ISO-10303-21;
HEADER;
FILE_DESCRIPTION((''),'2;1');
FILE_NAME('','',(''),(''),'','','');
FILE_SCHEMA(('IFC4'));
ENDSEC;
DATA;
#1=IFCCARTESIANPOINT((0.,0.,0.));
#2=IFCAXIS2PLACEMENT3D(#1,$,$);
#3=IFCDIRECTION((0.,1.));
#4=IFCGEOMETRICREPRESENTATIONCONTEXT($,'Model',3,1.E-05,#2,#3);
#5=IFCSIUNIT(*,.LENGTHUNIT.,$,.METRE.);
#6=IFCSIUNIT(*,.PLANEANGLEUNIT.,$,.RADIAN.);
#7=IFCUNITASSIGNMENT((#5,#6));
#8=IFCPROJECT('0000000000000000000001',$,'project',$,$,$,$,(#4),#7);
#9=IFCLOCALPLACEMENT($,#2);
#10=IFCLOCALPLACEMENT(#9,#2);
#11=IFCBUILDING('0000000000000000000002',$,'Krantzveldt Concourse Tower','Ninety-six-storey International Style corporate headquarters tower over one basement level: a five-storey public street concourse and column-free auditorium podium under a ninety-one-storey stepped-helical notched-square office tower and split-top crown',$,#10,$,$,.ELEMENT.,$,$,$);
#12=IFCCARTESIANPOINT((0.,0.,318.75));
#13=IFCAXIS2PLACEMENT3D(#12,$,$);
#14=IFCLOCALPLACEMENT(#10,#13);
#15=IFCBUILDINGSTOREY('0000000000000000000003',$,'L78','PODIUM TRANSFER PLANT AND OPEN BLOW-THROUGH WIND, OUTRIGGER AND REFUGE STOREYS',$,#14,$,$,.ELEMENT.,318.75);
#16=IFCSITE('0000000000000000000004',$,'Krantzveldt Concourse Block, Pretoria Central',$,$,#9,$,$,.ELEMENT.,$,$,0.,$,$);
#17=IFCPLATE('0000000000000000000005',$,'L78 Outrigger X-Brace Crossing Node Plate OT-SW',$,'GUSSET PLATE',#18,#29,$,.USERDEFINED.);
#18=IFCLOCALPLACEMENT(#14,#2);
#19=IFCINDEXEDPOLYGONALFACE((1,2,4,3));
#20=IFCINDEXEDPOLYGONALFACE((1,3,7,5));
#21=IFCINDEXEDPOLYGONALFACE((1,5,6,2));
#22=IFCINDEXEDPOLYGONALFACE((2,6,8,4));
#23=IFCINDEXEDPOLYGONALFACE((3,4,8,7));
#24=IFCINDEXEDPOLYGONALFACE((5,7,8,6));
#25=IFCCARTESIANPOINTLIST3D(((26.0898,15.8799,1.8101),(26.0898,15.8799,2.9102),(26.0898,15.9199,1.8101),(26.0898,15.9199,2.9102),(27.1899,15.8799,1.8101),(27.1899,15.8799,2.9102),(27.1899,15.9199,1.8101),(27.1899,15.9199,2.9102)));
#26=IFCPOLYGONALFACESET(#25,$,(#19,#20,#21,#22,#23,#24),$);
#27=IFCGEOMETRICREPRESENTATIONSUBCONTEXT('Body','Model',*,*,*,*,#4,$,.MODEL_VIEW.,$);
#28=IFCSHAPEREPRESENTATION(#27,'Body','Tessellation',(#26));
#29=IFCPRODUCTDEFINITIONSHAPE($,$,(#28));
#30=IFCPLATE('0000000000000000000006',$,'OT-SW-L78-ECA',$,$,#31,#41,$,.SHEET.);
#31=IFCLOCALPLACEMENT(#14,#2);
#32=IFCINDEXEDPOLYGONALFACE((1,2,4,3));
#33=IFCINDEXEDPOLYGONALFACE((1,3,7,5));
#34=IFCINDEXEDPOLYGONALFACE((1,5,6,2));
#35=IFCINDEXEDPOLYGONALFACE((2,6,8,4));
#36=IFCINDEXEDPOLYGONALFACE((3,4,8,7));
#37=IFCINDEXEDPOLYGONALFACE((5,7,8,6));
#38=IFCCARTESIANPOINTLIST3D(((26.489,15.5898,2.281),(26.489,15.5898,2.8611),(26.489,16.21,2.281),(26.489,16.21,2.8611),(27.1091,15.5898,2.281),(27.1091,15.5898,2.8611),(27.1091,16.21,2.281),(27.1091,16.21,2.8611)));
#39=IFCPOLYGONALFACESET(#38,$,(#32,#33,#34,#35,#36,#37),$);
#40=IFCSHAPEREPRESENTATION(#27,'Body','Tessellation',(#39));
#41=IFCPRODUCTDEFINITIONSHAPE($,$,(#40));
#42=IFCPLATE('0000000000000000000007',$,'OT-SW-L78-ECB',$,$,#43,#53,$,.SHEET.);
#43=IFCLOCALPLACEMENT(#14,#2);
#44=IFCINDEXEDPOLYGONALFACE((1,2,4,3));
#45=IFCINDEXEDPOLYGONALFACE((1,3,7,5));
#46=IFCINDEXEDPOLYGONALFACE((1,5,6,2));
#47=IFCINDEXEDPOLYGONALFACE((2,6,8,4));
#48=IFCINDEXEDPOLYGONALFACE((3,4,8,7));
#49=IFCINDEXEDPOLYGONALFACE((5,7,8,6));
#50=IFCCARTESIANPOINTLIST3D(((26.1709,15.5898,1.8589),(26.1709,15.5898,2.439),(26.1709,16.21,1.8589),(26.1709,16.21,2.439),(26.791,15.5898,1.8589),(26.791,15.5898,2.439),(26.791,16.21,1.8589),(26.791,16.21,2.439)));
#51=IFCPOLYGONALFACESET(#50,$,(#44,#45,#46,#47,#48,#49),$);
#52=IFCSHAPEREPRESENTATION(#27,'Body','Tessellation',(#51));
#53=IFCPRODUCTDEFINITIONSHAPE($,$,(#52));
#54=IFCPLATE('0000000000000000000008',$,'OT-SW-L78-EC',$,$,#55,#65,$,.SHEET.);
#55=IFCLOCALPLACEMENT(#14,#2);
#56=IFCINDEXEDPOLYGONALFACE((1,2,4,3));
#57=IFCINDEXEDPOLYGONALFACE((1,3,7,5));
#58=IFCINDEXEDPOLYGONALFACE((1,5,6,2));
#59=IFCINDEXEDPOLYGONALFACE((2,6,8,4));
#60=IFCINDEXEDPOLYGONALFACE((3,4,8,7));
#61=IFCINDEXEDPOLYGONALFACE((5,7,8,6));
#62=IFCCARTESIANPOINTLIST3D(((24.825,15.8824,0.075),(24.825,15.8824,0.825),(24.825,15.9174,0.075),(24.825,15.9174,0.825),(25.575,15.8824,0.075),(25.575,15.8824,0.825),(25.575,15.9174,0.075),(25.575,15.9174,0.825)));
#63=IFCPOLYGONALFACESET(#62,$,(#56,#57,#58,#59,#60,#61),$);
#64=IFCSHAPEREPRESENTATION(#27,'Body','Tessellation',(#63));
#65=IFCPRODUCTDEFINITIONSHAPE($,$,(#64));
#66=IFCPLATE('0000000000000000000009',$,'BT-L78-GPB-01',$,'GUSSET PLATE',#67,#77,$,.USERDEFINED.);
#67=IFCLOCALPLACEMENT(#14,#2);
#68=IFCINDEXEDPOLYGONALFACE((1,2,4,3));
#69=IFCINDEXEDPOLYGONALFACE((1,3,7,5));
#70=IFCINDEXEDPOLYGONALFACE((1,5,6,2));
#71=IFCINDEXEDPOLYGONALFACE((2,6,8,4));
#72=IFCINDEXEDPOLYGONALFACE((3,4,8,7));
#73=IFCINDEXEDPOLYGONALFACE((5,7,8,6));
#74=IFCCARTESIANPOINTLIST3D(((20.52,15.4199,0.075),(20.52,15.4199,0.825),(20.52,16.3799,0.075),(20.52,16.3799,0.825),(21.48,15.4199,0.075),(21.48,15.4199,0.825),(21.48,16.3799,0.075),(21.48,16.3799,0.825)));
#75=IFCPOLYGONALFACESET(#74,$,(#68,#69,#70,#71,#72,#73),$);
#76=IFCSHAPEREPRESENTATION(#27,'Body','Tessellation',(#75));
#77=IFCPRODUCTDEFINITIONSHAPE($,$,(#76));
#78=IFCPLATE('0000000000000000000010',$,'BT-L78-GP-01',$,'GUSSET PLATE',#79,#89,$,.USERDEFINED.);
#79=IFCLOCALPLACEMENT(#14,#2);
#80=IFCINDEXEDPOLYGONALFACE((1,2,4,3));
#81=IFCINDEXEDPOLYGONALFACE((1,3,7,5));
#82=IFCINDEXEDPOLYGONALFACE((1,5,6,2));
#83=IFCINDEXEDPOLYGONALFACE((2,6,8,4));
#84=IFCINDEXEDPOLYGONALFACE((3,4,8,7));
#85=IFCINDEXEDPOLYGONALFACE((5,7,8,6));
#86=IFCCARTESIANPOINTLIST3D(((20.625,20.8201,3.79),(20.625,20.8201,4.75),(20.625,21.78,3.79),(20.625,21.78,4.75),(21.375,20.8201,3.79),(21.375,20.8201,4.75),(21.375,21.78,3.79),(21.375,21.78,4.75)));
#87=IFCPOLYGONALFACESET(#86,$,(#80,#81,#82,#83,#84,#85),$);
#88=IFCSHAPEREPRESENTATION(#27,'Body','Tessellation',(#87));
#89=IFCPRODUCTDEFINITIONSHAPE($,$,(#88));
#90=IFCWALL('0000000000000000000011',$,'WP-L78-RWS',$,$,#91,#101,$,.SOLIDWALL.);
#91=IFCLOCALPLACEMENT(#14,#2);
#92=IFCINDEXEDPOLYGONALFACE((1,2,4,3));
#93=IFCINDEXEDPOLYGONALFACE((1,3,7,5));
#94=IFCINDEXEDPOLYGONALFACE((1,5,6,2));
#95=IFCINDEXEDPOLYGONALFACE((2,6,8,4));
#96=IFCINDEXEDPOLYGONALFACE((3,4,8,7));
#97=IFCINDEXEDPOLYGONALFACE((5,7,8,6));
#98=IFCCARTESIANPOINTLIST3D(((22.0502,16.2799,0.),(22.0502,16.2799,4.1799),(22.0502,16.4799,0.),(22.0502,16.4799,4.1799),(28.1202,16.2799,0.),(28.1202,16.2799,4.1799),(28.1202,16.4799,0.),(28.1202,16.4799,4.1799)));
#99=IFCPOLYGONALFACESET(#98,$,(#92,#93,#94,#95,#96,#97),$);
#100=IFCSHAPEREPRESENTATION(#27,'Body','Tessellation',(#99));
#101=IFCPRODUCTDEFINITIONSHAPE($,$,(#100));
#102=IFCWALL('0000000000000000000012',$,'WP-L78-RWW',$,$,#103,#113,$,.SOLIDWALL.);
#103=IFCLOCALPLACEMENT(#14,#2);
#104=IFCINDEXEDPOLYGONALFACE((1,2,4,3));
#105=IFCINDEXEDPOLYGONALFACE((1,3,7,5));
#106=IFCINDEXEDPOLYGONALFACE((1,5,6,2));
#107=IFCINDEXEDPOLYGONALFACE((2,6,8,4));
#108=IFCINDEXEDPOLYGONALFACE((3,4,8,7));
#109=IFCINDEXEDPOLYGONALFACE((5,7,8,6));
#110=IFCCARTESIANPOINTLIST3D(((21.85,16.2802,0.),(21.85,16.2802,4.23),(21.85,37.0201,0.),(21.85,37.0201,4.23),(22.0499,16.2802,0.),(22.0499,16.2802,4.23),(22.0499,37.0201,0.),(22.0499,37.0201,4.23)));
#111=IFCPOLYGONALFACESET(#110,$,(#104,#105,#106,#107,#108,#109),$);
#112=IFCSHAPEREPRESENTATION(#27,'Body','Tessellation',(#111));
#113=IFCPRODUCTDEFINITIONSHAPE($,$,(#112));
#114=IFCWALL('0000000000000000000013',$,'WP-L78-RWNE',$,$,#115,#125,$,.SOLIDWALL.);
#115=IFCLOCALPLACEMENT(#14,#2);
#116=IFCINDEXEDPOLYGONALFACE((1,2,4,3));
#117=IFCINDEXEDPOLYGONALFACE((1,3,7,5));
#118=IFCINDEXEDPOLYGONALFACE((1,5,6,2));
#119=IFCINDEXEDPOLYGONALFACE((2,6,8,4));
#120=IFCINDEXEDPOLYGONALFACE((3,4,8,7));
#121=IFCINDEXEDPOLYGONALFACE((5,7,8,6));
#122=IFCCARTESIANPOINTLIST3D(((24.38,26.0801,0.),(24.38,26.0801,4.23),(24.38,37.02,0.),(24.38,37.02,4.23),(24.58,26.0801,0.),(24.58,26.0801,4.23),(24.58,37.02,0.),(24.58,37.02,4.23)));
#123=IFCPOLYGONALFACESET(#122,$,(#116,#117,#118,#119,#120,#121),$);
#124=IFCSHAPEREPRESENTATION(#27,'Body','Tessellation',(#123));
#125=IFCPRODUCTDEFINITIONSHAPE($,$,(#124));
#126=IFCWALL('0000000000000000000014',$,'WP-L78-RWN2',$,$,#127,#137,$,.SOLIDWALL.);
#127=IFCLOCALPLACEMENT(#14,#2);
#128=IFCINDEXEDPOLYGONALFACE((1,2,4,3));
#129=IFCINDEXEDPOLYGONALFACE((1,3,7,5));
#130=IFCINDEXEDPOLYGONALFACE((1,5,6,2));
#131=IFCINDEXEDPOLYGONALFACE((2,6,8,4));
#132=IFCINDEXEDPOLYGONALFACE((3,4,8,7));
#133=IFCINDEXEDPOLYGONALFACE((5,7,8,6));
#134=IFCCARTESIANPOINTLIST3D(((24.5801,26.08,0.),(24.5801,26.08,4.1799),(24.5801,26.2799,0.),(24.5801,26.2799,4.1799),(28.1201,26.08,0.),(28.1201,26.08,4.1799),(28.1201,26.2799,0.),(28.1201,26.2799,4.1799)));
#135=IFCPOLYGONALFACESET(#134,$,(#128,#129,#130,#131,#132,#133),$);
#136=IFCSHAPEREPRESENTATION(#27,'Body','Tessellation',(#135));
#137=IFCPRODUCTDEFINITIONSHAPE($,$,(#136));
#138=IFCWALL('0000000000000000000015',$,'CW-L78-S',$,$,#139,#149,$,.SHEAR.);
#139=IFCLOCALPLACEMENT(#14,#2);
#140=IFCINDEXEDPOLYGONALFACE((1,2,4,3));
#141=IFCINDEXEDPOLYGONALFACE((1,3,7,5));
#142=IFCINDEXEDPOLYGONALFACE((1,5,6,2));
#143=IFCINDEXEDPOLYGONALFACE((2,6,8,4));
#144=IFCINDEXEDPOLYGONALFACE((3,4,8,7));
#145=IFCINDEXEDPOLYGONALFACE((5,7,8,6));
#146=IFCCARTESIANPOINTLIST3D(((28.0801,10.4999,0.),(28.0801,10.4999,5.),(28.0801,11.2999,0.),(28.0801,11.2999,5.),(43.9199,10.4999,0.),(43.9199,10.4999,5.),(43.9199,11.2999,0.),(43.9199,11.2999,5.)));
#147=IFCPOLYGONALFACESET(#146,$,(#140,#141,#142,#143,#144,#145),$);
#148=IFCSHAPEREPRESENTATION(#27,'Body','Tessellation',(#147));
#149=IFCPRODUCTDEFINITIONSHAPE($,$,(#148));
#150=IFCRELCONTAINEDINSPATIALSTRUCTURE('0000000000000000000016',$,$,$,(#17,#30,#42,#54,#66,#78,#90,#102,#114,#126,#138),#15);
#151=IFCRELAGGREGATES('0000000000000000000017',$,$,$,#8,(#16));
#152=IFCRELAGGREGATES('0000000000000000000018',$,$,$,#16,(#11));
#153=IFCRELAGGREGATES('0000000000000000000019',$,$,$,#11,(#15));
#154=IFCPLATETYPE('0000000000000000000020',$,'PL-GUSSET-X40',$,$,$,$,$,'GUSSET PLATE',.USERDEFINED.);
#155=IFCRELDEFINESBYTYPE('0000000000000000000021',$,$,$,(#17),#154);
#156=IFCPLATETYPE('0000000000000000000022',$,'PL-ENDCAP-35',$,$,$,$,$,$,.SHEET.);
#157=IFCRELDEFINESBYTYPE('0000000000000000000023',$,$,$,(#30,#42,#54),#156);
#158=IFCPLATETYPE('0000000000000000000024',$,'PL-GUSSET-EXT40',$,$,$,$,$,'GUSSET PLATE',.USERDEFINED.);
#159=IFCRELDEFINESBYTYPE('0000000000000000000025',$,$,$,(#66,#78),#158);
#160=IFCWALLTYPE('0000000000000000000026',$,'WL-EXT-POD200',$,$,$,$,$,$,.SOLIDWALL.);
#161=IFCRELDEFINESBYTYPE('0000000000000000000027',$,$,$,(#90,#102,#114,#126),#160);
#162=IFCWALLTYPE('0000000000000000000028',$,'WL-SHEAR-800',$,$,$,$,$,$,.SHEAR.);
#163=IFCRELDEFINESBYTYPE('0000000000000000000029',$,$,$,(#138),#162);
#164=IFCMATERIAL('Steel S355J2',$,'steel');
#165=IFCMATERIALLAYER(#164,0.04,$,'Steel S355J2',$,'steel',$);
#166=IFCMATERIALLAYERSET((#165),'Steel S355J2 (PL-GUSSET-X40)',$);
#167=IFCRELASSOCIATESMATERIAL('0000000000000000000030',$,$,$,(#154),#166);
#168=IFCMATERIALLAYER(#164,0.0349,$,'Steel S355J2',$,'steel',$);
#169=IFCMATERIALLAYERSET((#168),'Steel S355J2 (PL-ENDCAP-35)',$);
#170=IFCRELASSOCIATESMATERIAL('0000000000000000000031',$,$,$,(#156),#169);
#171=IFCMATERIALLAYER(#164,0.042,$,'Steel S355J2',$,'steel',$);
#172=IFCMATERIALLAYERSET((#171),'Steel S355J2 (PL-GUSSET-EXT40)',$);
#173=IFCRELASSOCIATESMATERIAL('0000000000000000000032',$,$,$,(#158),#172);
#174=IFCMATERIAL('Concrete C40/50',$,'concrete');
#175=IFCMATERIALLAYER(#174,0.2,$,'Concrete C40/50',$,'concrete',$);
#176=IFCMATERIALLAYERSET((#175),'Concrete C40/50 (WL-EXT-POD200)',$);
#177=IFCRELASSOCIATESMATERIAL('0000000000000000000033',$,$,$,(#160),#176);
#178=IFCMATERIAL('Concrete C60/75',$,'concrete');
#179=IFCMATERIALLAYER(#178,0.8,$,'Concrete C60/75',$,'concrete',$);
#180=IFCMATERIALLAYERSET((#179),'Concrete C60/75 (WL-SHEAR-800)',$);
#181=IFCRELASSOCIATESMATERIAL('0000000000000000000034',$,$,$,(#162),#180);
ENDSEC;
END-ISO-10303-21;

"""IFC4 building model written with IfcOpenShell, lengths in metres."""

from ifc_helpers import new_model, si_unit, direction, frame, frame_2d, origin, origin_2d, place, context, subcontext, project, spatial, rectangle, extrude, source, transform, mapped, material, layer, layer_set, type_object, type_shapes, element, save


model = new_model("IFC4")

# Units and contexts
model_context = context("Model", 3, precision=1e-05, world=origin(), true_north=direction((0.0, 1.0)))
body_context = subcontext(model_context, "Body", "Model", "MODEL_VIEW")
ifc_project = project(units=[si_unit("LENGTHUNIT", "METRE"), si_unit("PLANEANGLEUNIT", "RADIAN")], contexts=[model_context])

# Site, building, storey
site_placement = place(None, origin())
site = spatial("IfcSite", under=ifc_project, at=site_placement, Name="Krantzveldt Concourse Block, Pretoria Central", CompositionType="ELEMENT", RefElevation=0.0)
building_placement = place(site_placement, origin())
building = spatial("IfcBuilding", under=site, at=building_placement, Name="Krantzveldt Concourse Tower", Description="Ninety-six-storey International Style corporate headquarters tower over one basement level: a five-storey public street concourse and column-free auditorium podium under a ninety-one-storey stepped-helical notched-square office tower and split-top crown", CompositionType="ELEMENT")
storey_placement = place(building_placement, frame((0.0, 0.0, 318.75)))
storey = spatial("IfcBuildingStorey", under=building, at=storey_placement, Name="L78", Description="PODIUM TRANSFER PLANT AND OPEN BLOW-THROUGH WIND, OUTRIGGER AND REFUGE STOREYS", CompositionType="ELEMENT", Elevation=318.75)

# Shared definitions
ifc_material_1 = material(Name="Steel S355J2", Category="steel")

# Plates
ifc_layer_1 = layer(ifc_material_1, 0.04, Name="Steel S355J2", Category="steel")
ifc_layer_set_1 = layer_set([ifc_layer_1], Name="Steel S355J2 (PL-GUSSET-X40)")
plate_type_1 = type_object("IfcPlateType", Name="PL-GUSSET-X40", ElementType="GUSSET PLATE", PredefinedType="USERDEFINED", material=ifc_layer_set_1)
shared_shape_1 = source(origin(), body_context, "Body", "SweptSolid", [
    extrude(rectangle(XDim=1.1001, YDim=0.04, at=origin_2d()), origin(), (0.0, 0.0, 1.0), 1.1001),
])
type_shapes(plate_type_1, [shared_shape_1])
plate_1_placement = place(storey_placement, frame((26.6399, 15.8999, 1.8101), z_axis=(0.0, 0.0, 1.0), x_axis=(1.0, 0.0, 0.0)))
element("IfcPlate", 1, at=plate_1_placement, inside=storey, type_object=plate_type_1, Name="L78 Outrigger X-Brace Crossing Node Plate OT-SW", ObjectType="GUSSET PLATE", PredefinedType="USERDEFINED", context=body_context, shape_type="MappedRepresentation", body=[
    mapped(shared_shape_1, transform((0.0, 0.0, 0.0), x_axis=(1.0, 0.0, 0.0), y_axis=(0.0, 1.0, 0.0), z_axis=(0.0, 0.0, 1.0), scale=1.0)),
])
ifc_layer_2 = layer(ifc_material_1, 0.0349, Name="Steel S355J2", Category="steel")
ifc_layer_set_2 = layer_set([ifc_layer_2], Name="Steel S355J2 (PL-ENDCAP-35)")
plate_type_2 = type_object("IfcPlateType", Name="PL-ENDCAP-35", PredefinedType="SHEET", material=ifc_layer_set_2)
shared_shape_2 = source(origin(), body_context, "Body", "SweptSolid", [
    extrude(rectangle(XDim=0.6201, YDim=0.6201, at=origin_2d()), origin(), (0.0, 0.0, 1.0), 0.5801),
])
for number, where, z_axis, x_axis, name in (
    (2, (26.7991, 15.8999, 2.281), (0.0, 0.0, 1.0), (1.0, 0.0, 0.0), "OT-SW-L78-ECA"),
    (3, (26.481, 15.8999, 1.8589), (0.0, 0.0, 1.0), (1.0, 0.0, 0.0), "OT-SW-L78-ECB"),
):
    element("IfcPlate", number, at=place(storey_placement, frame(where, z_axis=z_axis, x_axis=x_axis)), inside=storey, type_object=plate_type_2, Name=name, PredefinedType="SHEET", context=body_context, shape_type="MappedRepresentation", body=[
        mapped(shared_shape_2, transform((0.0, 0.0, 0.0), x_axis=(1.0, 0.0, 0.0), y_axis=(0.0, 1.0, 0.0), z_axis=(0.0, 0.0, 1.0), scale=1.0)),
    ])
shared_shape_3 = source(origin(), body_context, "Body", "SweptSolid", [
    extrude(rectangle(XDim=0.75, YDim=0.0349, at=origin_2d()), origin(), (0.0, 0.0, 1.0), 0.75),
])
type_shapes(plate_type_2, [shared_shape_2, shared_shape_3])
plate_2_placement = place(storey_placement, frame((25.2, 15.8999, 0.075), z_axis=(0.0, 0.0, 1.0), x_axis=(1.0, 0.0, 0.0)))
element("IfcPlate", 4, at=plate_2_placement, inside=storey, type_object=plate_type_2, Name="OT-SW-L78-EC", PredefinedType="SHEET", context=body_context, shape_type="MappedRepresentation", body=[
    mapped(shared_shape_3, transform((0.0, 0.0, 0.0), x_axis=(1.0, 0.0, 0.0), y_axis=(0.0, 1.0, 0.0), z_axis=(0.0, 0.0, 1.0), scale=1.0)),
])
ifc_layer_3 = layer(ifc_material_1, 0.042, Name="Steel S355J2", Category="steel")
ifc_layer_set_3 = layer_set([ifc_layer_3], Name="Steel S355J2 (PL-GUSSET-EXT40)")
plate_type_3 = type_object("IfcPlateType", Name="PL-GUSSET-EXT40", ElementType="GUSSET PLATE", PredefinedType="USERDEFINED", material=ifc_layer_set_3)
shared_shape_4 = source(origin(), body_context, "Body", "SweptSolid", [
    extrude(rectangle(XDim=0.96, YDim=0.96, at=origin_2d()), origin(), (0.0, 0.0, 1.0), 0.75),
])
plate_3_placement = place(storey_placement, frame((21.0, 15.8999, 0.075), z_axis=(0.0, 0.0, 1.0), x_axis=(1.0, 0.0, 0.0)))
element("IfcPlate", 5, at=plate_3_placement, inside=storey, type_object=plate_type_3, Name="BT-L78-GPB-01", ObjectType="GUSSET PLATE", PredefinedType="USERDEFINED", context=body_context, shape_type="MappedRepresentation", body=[
    mapped(shared_shape_4, transform((0.0, 0.0, 0.0), x_axis=(1.0, 0.0, 0.0), y_axis=(0.0, 1.0, 0.0), z_axis=(0.0, 0.0, 1.0), scale=1.0)),
])
shared_shape_5 = source(origin(), body_context, "Body", "SweptSolid", [
    extrude(rectangle(XDim=0.96, YDim=0.75, at=origin_2d()), origin(), (0.0, 0.0, 1.0), 0.96),
])
type_shapes(plate_type_3, [shared_shape_4, shared_shape_5])
plate_4_placement = place(storey_placement, frame((21.0, 21.3, 3.79), z_axis=(0.0, 0.0, 1.0), x_axis=(0.0, 1.0, 0.0)))
element("IfcPlate", 6, at=plate_4_placement, inside=storey, type_object=plate_type_3, Name="BT-L78-GP-01", ObjectType="GUSSET PLATE", PredefinedType="USERDEFINED", context=body_context, shape_type="MappedRepresentation", body=[
    mapped(shared_shape_5, transform((0.0, 0.0, 0.0), x_axis=(1.0, 0.0, 0.0), y_axis=(0.0, 1.0, 0.0), z_axis=(0.0, 0.0, 1.0), scale=1.0)),
])

# Walls
ifc_material_2 = material(Name="Concrete C40/50", Category="concrete")
ifc_layer_4 = layer(ifc_material_2, 0.2, Name="Concrete C40/50", Category="concrete")
ifc_layer_set_4 = layer_set([ifc_layer_4], Name="Concrete C40/50 (WL-EXT-POD200)")
wall_type_1 = type_object("IfcWallType", Name="WL-EXT-POD200", PredefinedType="SOLIDWALL", material=ifc_layer_set_4)
wall_1_placement = place(storey_placement, frame((22.05, 16.3799, 0.0), z_axis=(0.0, 0.0, 1.0), x_axis=(1.0, 0.0, 0.0)))
element("IfcWall", 7, at=wall_1_placement, inside=storey, type_object=wall_type_1, Name="WP-L78-RWS", PredefinedType="SOLIDWALL", context=body_context, shape_type="SweptSolid", body=[
    extrude(rectangle(XDim=6.0701, YDim=0.2, at=frame_2d((3.0352, 0.0))), origin(), (0.0, 0.0, 1.0), 4.1799),
])
wall_2_placement = place(storey_placement, frame((21.95, 16.28, 0.0), z_axis=(0.0, 0.0, 1.0), x_axis=(0.0, 1.0, 0.0)))
element("IfcWall", 8, at=wall_2_placement, inside=storey, type_object=wall_type_1, Name="WP-L78-RWW", PredefinedType="SOLIDWALL", context=body_context, shape_type="SweptSolid", body=[
    extrude(rectangle(XDim=20.74, YDim=0.2, at=frame_2d((10.3701, 0.0))), origin(), (0.0, 0.0, 1.0), 4.23),
])
wall_3_placement = place(storey_placement, frame((24.48, 26.0801, 0.0), z_axis=(0.0, 0.0, 1.0), x_axis=(0.0, 1.0, 0.0)))
element("IfcWall", 9, at=wall_3_placement, inside=storey, type_object=wall_type_1, Name="WP-L78-RWNE", PredefinedType="SOLIDWALL", context=body_context, shape_type="SweptSolid", body=[
    extrude(rectangle(XDim=10.9399, YDim=0.2, at=frame_2d((5.47, 0.0))), origin(), (0.0, 0.0, 1.0), 4.23),
])
wall_4_placement = place(storey_placement, frame((24.5801, 26.1799, 0.0), z_axis=(0.0, 0.0, 1.0), x_axis=(1.0, 0.0, 0.0)))
element("IfcWall", 10, at=wall_4_placement, inside=storey, type_object=wall_type_1, Name="WP-L78-RWN2", PredefinedType="SOLIDWALL", context=body_context, shape_type="SweptSolid", body=[
    extrude(rectangle(XDim=3.54, YDim=0.2, at=frame_2d((1.77, 0.0))), origin(), (0.0, 0.0, 1.0), 4.1799),
])
ifc_material_3 = material(Name="Concrete C60/75", Category="concrete")
ifc_layer_5 = layer(ifc_material_3, 0.8, Name="Concrete C60/75", Category="concrete")
ifc_layer_set_5 = layer_set([ifc_layer_5], Name="Concrete C60/75 (WL-SHEAR-800)")
wall_type_2 = type_object("IfcWallType", Name="WL-SHEAR-800", PredefinedType="SHEAR", material=ifc_layer_set_5)
wall_5_placement = place(storey_placement, frame((28.0801, 10.8999, 0.0), z_axis=(0.0, 0.0, 1.0), x_axis=(1.0, 0.0, 0.0)))
element("IfcWall", 11, at=wall_5_placement, inside=storey, type_object=wall_type_2, Name="CW-L78-S", PredefinedType="SHEAR", context=body_context, shape_type="SweptSolid", body=[
    extrude(rectangle(XDim=15.8398, YDim=0.8, at=frame_2d((7.9199, 0.0))), origin(), (0.0, 0.0, 1.0), 5.0),
])

save(model, "model.ifc")
